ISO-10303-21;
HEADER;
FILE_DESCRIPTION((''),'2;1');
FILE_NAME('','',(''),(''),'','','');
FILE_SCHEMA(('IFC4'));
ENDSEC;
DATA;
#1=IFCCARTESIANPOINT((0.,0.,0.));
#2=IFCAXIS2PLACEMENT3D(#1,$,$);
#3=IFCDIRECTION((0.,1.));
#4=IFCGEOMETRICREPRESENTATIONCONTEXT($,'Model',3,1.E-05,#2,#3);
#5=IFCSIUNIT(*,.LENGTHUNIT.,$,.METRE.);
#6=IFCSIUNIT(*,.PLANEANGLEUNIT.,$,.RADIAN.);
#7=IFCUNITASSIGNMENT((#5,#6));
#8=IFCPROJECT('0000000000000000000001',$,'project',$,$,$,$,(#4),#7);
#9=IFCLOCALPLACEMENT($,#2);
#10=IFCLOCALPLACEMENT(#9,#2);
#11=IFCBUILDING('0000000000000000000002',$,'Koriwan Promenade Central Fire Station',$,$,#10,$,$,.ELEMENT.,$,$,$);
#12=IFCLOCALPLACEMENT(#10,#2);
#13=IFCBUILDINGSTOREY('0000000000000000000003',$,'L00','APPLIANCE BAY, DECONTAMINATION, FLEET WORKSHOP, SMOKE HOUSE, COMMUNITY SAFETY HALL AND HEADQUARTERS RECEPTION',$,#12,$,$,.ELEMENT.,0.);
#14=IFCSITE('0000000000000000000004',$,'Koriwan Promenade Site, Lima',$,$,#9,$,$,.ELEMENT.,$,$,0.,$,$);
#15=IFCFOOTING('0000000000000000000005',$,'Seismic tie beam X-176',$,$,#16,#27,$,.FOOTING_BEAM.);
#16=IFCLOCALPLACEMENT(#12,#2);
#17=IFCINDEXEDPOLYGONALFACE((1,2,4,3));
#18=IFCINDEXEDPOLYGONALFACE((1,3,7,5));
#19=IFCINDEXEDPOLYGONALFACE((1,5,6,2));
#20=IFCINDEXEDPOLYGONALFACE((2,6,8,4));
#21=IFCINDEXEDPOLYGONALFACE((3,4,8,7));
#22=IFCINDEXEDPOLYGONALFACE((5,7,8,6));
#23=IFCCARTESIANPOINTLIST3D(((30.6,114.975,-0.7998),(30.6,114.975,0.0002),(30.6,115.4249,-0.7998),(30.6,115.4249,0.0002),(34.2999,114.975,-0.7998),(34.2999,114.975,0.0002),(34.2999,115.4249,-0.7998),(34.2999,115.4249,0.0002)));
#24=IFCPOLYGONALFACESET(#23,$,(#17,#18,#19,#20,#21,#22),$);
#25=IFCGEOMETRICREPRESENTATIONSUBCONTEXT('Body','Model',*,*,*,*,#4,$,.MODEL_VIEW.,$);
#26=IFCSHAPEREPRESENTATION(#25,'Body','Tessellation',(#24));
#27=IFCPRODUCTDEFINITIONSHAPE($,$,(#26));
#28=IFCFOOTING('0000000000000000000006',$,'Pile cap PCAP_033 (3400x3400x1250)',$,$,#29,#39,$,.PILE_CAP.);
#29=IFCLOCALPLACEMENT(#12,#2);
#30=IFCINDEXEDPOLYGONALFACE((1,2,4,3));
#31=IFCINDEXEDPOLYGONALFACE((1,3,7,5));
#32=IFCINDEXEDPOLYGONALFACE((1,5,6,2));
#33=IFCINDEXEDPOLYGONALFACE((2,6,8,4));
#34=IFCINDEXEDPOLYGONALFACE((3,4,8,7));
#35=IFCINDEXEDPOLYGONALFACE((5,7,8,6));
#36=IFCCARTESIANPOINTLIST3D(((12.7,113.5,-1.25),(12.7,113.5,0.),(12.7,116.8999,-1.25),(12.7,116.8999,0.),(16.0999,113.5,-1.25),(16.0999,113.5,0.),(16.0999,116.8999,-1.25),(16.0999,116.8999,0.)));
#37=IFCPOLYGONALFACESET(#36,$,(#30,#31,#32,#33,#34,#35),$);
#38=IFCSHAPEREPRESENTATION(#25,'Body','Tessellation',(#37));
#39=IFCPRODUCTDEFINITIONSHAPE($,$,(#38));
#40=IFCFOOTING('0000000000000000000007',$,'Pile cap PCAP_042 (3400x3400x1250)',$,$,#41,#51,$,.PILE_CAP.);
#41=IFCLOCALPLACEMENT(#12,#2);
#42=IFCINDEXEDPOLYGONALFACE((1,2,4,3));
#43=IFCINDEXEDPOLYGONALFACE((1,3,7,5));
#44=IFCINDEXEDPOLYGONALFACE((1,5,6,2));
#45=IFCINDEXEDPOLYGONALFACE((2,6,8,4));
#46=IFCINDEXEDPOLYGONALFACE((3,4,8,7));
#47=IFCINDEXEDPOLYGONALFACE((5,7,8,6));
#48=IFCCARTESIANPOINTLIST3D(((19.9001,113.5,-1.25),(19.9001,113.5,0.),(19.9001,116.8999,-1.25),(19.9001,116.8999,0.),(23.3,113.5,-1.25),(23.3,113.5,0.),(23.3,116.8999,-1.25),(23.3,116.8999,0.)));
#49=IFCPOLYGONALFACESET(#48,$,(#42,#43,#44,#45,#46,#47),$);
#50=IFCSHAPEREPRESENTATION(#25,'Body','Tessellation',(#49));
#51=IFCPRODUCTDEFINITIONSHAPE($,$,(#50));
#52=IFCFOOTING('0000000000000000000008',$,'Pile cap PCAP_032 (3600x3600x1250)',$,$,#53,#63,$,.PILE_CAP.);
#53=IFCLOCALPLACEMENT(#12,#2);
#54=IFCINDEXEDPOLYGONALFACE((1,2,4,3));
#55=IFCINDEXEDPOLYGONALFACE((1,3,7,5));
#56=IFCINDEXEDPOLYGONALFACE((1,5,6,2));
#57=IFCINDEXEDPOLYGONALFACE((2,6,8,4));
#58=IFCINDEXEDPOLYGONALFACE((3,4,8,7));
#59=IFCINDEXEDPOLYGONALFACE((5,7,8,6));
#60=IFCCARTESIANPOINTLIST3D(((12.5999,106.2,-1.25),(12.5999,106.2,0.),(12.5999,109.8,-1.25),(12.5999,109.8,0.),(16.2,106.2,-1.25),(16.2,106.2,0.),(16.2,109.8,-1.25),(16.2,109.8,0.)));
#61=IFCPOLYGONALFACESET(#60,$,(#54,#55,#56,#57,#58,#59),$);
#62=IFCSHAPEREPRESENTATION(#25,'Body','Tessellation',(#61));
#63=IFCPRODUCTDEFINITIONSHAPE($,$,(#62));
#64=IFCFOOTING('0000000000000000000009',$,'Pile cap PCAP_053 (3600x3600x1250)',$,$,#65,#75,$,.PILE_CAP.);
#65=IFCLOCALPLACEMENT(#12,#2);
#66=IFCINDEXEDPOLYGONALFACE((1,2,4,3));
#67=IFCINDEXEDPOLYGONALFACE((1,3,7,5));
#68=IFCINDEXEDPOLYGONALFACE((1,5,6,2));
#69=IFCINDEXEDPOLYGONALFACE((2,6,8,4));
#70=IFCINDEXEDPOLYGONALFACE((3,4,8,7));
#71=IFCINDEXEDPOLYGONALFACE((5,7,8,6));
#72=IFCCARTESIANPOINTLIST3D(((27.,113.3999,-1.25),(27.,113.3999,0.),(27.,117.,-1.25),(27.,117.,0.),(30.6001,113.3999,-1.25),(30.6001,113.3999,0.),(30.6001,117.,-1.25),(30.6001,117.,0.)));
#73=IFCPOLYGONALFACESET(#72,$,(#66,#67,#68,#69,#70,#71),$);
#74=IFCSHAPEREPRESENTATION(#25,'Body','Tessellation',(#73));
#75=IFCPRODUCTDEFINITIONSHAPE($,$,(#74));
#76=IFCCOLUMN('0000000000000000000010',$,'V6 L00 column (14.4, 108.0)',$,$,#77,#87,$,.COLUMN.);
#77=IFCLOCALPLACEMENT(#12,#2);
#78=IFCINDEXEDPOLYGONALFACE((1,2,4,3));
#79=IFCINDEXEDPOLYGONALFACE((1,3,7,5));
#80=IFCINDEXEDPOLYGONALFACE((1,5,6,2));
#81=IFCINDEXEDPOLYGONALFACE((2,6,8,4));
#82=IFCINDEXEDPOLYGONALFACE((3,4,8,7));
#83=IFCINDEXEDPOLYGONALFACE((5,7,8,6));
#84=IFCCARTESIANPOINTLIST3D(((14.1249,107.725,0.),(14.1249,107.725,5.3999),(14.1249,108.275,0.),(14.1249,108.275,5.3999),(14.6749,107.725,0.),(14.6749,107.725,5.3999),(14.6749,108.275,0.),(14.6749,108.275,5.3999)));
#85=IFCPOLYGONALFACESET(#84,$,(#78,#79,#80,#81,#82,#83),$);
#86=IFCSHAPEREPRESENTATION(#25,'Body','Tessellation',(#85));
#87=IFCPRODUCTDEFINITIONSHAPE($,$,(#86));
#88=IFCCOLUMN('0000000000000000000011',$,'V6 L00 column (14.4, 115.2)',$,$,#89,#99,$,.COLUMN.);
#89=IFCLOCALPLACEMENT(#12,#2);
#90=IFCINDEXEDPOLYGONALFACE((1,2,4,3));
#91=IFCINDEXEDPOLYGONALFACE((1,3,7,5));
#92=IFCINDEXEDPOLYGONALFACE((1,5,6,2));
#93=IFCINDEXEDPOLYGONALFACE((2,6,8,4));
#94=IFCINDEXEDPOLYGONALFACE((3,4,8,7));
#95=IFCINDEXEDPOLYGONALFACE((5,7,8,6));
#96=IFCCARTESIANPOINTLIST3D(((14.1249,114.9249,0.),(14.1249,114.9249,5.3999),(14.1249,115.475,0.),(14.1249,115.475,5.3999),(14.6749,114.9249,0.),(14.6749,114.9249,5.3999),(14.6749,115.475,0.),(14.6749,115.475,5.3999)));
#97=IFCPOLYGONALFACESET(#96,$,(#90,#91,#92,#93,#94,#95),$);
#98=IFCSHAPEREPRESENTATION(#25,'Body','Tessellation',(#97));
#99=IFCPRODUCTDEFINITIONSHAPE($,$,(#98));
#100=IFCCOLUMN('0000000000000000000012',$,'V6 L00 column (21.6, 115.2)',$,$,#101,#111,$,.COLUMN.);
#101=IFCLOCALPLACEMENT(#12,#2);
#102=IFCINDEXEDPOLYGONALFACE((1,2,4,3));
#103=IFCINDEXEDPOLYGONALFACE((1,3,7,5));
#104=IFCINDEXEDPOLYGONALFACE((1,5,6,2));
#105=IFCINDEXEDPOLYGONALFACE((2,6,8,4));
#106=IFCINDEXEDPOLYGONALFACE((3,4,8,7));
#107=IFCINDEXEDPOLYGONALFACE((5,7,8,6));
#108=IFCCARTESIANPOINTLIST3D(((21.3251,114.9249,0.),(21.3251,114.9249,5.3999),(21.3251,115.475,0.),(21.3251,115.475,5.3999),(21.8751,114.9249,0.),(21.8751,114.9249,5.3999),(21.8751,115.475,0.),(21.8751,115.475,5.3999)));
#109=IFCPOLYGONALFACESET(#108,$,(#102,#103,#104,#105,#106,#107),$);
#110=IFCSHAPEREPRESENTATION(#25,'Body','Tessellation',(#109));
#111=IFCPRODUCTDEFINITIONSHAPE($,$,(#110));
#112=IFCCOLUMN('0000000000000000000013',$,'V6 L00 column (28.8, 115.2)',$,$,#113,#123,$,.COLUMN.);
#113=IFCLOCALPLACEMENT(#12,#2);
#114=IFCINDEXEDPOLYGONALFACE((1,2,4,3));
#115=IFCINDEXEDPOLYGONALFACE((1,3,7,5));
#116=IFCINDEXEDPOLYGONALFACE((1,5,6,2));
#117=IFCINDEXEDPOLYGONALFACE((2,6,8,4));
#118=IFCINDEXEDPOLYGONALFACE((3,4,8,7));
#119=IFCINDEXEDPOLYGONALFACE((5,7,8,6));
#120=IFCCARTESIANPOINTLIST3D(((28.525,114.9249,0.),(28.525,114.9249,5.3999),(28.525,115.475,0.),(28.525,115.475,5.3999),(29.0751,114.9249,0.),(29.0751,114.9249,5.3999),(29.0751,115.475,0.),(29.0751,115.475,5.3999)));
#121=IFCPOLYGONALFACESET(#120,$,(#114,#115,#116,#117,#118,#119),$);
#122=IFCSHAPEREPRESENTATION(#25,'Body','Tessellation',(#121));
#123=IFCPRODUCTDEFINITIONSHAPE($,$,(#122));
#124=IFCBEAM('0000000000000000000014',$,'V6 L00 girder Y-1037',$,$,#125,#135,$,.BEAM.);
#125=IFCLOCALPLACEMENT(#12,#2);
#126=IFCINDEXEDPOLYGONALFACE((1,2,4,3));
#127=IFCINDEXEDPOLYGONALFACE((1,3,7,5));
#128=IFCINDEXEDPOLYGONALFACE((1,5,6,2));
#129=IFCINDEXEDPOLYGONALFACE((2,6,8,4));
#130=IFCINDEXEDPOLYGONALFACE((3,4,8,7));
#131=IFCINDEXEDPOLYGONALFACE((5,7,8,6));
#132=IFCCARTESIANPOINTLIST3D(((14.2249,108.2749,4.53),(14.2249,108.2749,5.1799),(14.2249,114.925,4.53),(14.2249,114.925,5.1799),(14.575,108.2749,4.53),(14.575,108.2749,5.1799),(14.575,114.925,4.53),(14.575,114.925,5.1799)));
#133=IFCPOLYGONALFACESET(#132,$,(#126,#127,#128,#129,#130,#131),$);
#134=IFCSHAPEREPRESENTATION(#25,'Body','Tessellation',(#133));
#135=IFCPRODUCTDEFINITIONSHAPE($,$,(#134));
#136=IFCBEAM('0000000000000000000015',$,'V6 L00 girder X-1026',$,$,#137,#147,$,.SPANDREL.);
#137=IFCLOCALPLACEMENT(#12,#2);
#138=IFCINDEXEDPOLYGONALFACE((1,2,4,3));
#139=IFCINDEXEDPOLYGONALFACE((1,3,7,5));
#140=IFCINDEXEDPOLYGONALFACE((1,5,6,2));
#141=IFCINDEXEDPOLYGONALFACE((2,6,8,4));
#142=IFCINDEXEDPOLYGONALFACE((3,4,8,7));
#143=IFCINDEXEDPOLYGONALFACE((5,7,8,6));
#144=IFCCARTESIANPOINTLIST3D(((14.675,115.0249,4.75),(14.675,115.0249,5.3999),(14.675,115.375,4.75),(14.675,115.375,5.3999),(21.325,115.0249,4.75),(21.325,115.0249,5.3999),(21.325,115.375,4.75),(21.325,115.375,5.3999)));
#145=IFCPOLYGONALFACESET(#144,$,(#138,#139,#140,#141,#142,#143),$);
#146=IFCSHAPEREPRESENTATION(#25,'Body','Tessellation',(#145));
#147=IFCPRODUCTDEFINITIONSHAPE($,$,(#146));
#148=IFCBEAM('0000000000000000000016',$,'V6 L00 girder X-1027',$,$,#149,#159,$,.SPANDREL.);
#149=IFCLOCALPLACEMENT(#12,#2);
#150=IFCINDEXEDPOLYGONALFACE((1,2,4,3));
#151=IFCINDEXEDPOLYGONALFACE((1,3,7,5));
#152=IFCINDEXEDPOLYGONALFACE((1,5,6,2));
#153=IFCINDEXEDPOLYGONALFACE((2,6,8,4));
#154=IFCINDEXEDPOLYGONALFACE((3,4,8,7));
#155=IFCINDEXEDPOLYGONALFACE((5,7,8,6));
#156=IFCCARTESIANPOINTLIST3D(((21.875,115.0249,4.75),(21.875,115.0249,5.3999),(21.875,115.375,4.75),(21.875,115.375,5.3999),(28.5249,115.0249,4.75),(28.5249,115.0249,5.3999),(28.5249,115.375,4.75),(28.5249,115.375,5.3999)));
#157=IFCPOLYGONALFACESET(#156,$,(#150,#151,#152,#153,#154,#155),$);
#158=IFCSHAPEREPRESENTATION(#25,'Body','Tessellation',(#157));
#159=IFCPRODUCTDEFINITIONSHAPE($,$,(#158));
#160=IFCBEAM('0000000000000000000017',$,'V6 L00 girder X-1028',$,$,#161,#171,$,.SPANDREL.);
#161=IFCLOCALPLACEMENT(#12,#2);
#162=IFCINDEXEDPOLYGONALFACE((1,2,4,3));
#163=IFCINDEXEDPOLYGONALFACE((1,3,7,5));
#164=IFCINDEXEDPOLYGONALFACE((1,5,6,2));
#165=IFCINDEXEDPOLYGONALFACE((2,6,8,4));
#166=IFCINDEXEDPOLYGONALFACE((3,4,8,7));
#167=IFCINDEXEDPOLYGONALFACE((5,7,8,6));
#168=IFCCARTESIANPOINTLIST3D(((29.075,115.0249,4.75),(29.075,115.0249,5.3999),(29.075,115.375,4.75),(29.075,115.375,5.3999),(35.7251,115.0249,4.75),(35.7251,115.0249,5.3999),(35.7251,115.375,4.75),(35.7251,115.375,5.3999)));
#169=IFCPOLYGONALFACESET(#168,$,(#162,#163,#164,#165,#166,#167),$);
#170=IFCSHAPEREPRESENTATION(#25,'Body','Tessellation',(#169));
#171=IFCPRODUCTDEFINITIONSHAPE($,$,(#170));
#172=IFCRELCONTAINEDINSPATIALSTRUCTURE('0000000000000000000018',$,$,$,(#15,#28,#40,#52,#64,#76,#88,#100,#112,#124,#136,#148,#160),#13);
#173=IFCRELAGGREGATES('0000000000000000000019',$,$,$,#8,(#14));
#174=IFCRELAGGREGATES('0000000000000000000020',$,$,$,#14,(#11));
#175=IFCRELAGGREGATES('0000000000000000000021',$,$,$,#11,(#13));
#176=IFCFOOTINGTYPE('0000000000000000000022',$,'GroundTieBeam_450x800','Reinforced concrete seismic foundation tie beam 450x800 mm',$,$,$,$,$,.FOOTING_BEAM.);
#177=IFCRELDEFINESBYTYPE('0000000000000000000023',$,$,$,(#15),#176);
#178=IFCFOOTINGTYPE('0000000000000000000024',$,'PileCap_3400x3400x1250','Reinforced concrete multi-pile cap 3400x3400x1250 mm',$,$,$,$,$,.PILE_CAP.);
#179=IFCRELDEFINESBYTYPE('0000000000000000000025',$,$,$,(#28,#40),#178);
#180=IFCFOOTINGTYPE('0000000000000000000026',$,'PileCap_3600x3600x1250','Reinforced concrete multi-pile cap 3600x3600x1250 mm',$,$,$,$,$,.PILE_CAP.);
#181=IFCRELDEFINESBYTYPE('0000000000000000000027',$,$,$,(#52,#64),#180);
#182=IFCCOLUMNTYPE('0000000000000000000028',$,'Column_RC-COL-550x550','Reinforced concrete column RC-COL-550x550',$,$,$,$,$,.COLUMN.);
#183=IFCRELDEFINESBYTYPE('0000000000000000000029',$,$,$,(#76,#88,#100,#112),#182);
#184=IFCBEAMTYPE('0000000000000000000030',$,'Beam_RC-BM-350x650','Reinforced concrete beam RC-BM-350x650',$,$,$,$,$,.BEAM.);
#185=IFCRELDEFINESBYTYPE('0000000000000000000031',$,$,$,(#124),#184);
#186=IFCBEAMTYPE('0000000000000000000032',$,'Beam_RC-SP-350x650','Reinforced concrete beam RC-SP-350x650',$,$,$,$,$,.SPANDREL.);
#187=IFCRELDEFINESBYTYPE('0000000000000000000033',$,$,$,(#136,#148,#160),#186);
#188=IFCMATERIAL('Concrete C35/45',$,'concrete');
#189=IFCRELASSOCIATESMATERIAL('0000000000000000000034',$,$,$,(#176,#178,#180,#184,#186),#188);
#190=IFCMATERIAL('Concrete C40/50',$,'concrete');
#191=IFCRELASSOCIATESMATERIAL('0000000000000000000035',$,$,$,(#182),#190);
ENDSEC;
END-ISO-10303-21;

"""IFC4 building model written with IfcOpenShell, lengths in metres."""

from ifc_helpers import new_model, si_unit, direction, frame, origin, origin_2d, place, context, subcontext, project, spatial, rectangle, extrude, material, material_profile, profile_set, type_object, element, save


model = new_model("IFC4")

# Units and contexts
model_context = context("Model", 3, precision=1e-05, world=origin(), true_north=direction((0.0, 1.0)))
body_context = subcontext(model_context, "Body", "Model", "MODEL_VIEW")
ifc_project = project(units=[si_unit("LENGTHUNIT", "METRE"), si_unit("PLANEANGLEUNIT", "RADIAN")], contexts=[model_context])

# Site, building, storey
site_placement = place(None, origin())
site = spatial("IfcSite", under=ifc_project, at=site_placement, Name="Koriwan Promenade Site, Lima", CompositionType="ELEMENT", RefElevation=0.0)
building_placement = place(site_placement, origin())
building = spatial("IfcBuilding", under=site, at=building_placement, Name="Koriwan Promenade Central Fire Station", CompositionType="ELEMENT")
storey_placement = place(building_placement, origin())
storey = spatial("IfcBuildingStorey", under=building, at=storey_placement, Name="L00", Description="APPLIANCE BAY, DECONTAMINATION, FLEET WORKSHOP, SMOKE HOUSE, COMMUNITY SAFETY HALL AND HEADQUARTERS RECEPTION", CompositionType="ELEMENT", Elevation=0.0)

# Shared definitions
ifc_material_1 = material(Name="Concrete C35/45", Category="concrete")

# Footings
footing_type_1 = type_object("IfcFootingType", Name="GroundTieBeam_450x800", Description="Reinforced concrete seismic foundation tie beam 450x800 mm", PredefinedType="FOOTING_BEAM", material=ifc_material_1)
footing_1_placement = place(storey_placement, frame((32.45, 115.2, -0.7998), z_axis=(0.0, 0.0, 1.0), x_axis=(1.0, 0.0, 0.0)))
element("IfcFooting", 1, at=footing_1_placement, inside=storey, type_object=footing_type_1, Name="Seismic tie beam X-176", PredefinedType="FOOTING_BEAM", context=body_context, shape_type="SweptSolid", body=[
    extrude(rectangle(XDim=3.7, YDim=0.45, at=origin_2d()), origin(), (0.0, 0.0, 1.0), 0.8),
])
footing_type_2 = type_object("IfcFootingType", Name="PileCap_3400x3400x1250", Description="Reinforced concrete multi-pile cap 3400x3400x1250 mm", PredefinedType="PILE_CAP", material=ifc_material_1)
for number, where, z_axis, x_axis, name in (
    (2, (14.3999, 115.2, -1.25), (0.0, 0.0, 1.0), (1.0, 0.0, 0.0), "Pile cap PCAP_033 (3400x3400x1250)"),
    (3, (21.6001, 115.2, -1.25), (0.0, 0.0, 1.0), (1.0, 0.0, 0.0), "Pile cap PCAP_042 (3400x3400x1250)"),
):
    element("IfcFooting", number, at=place(storey_placement, frame(where, z_axis=z_axis, x_axis=x_axis)), inside=storey, type_object=footing_type_2, Name=name, PredefinedType="PILE_CAP", context=body_context, shape_type="SweptSolid", body=[
        extrude(rectangle(XDim=3.3999, YDim=3.3999, at=origin_2d()), origin(), (0.0, 0.0, 1.0), 1.25),
    ])
footing_type_3 = type_object("IfcFootingType", Name="PileCap_3600x3600x1250", Description="Reinforced concrete multi-pile cap 3600x3600x1250 mm", PredefinedType="PILE_CAP", material=ifc_material_1)
for number, where, z_axis, x_axis, name in (
    (4, (14.3999, 108.0, -1.25), (0.0, 0.0, 1.0), (1.0, 0.0, 0.0), "Pile cap PCAP_032 (3600x3600x1250)"),
    (5, (28.8, 115.2, -1.25), (0.0, 0.0, 1.0), (1.0, 0.0, 0.0), "Pile cap PCAP_053 (3600x3600x1250)"),
):
    element("IfcFooting", number, at=place(storey_placement, frame(where, z_axis=z_axis, x_axis=x_axis)), inside=storey, type_object=footing_type_3, Name=name, PredefinedType="PILE_CAP", context=body_context, shape_type="SweptSolid", body=[
        extrude(rectangle(XDim=3.6001, YDim=3.6001, at=origin_2d()), origin(), (0.0, 0.0, 1.0), 1.25),
    ])

# Columns
ifc_material_2 = material(Name="Concrete C40/50", Category="concrete")
ifc_material_profile_1 = material_profile(ifc_material_2, rectangle(XDim=0.55, YDim=0.55, at=origin_2d()), Name="RC-COL-550x550")
ifc_profile_set_1 = profile_set([ifc_material_profile_1], Name="Concrete C40/50")
column_type = type_object("IfcColumnType", Name="Column_RC-COL-550x550", Description="Reinforced concrete column RC-COL-550x550", PredefinedType="COLUMN", material=ifc_profile_set_1)
for number, where, z_axis, x_axis, name in (
    (6, (14.3999, 108.0, 0.0), (0.0, 0.0, 1.0), (1.0, 0.0, 0.0), "V6 L00 column (14.4, 108.0)"),
    (7, (14.3999, 115.2, 0.0), (0.0, 0.0, 1.0), (1.0, 0.0, 0.0), "V6 L00 column (14.4, 115.2)"),
    (8, (21.6001, 115.2, 0.0), (0.0, 0.0, 1.0), (1.0, 0.0, 0.0), "V6 L00 column (21.6, 115.2)"),
    (9, (28.8, 115.2, 0.0), (0.0, 0.0, 1.0), (1.0, 0.0, 0.0), "V6 L00 column (28.8, 115.2)"),
):
    element("IfcColumn", number, at=place(storey_placement, frame(where, z_axis=z_axis, x_axis=x_axis)), inside=storey, type_object=column_type, Name=name, PredefinedType="COLUMN", context=body_context, shape_type="SweptSolid", body=[
        extrude(rectangle(XDim=0.55, YDim=0.55, at=origin_2d()), origin(), (0.0, 0.0, 1.0), 5.3999),
    ])

# Beams
ifc_material_profile_2 = material_profile(ifc_material_1, rectangle(XDim=0.3501, YDim=0.6499, at=origin_2d()), Name="RC-BM-350x650")
ifc_profile_set_2 = profile_set([ifc_material_profile_2], Name="Concrete C35/45")
beam_type_1 = type_object("IfcBeamType", Name="Beam_RC-BM-350x650", Description="Reinforced concrete beam RC-BM-350x650", PredefinedType="BEAM", material=ifc_profile_set_2)
beam_1_placement = place(storey_placement, frame((14.3999, 108.2749, 4.855), z_axis=(0.0, 1.0, 0.0), x_axis=(-1.0, 0.0, 0.0)))
element("IfcBeam", 10, at=beam_1_placement, inside=storey, type_object=beam_type_1, Name="V6 L00 girder Y-1037", PredefinedType="BEAM", context=body_context, shape_type="SweptSolid", body=[
    extrude(rectangle(XDim=0.3501, YDim=0.6499, at=origin_2d()), origin(), (0.0, 0.0, 1.0), 6.6501),
])
ifc_material_profile_3 = material_profile(ifc_material_1, rectangle(XDim=0.3501, YDim=0.6499, at=origin_2d()), Name="RC-SP-350x650")
ifc_profile_set_3 = profile_set([ifc_material_profile_3], Name="Concrete C35/45")
beam_type_2 = type_object("IfcBeamType", Name="Beam_RC-SP-350x650", Description="Reinforced concrete beam RC-SP-350x650", PredefinedType="SPANDREL", material=ifc_profile_set_3)
for number, where, z_axis, x_axis, name in (
    (11, (14.675, 115.2, 5.075), (1.0, 0.0, 0.0), (0.0, 1.0, 0.0), "V6 L00 girder X-1026"),
    (12, (21.875, 115.2, 5.075), (1.0, 0.0, 0.0), (0.0, 1.0, 0.0), "V6 L00 girder X-1027"),
):
    element("IfcBeam", number, at=place(storey_placement, frame(where, z_axis=z_axis, x_axis=x_axis)), inside=storey, type_object=beam_type_2, Name=name, PredefinedType="SPANDREL", context=body_context, shape_type="SweptSolid", body=[
        extrude(rectangle(XDim=0.3501, YDim=0.6499, at=origin_2d()), origin(), (0.0, 0.0, 1.0), 6.6499),
    ])
beam_2_placement = place(storey_placement, frame((29.075, 115.2, 5.075), z_axis=(1.0, 0.0, 0.0), x_axis=(0.0, 1.0, 0.0)))
element("IfcBeam", 13, at=beam_2_placement, inside=storey, type_object=beam_type_2, Name="V6 L00 girder X-1028", PredefinedType="SPANDREL", context=body_context, shape_type="SweptSolid", body=[
    extrude(rectangle(XDim=0.3501, YDim=0.6499, at=origin_2d()), origin(), (0.0, 0.0, 1.0), 6.6501),
])

save(model, "model.ifc")
